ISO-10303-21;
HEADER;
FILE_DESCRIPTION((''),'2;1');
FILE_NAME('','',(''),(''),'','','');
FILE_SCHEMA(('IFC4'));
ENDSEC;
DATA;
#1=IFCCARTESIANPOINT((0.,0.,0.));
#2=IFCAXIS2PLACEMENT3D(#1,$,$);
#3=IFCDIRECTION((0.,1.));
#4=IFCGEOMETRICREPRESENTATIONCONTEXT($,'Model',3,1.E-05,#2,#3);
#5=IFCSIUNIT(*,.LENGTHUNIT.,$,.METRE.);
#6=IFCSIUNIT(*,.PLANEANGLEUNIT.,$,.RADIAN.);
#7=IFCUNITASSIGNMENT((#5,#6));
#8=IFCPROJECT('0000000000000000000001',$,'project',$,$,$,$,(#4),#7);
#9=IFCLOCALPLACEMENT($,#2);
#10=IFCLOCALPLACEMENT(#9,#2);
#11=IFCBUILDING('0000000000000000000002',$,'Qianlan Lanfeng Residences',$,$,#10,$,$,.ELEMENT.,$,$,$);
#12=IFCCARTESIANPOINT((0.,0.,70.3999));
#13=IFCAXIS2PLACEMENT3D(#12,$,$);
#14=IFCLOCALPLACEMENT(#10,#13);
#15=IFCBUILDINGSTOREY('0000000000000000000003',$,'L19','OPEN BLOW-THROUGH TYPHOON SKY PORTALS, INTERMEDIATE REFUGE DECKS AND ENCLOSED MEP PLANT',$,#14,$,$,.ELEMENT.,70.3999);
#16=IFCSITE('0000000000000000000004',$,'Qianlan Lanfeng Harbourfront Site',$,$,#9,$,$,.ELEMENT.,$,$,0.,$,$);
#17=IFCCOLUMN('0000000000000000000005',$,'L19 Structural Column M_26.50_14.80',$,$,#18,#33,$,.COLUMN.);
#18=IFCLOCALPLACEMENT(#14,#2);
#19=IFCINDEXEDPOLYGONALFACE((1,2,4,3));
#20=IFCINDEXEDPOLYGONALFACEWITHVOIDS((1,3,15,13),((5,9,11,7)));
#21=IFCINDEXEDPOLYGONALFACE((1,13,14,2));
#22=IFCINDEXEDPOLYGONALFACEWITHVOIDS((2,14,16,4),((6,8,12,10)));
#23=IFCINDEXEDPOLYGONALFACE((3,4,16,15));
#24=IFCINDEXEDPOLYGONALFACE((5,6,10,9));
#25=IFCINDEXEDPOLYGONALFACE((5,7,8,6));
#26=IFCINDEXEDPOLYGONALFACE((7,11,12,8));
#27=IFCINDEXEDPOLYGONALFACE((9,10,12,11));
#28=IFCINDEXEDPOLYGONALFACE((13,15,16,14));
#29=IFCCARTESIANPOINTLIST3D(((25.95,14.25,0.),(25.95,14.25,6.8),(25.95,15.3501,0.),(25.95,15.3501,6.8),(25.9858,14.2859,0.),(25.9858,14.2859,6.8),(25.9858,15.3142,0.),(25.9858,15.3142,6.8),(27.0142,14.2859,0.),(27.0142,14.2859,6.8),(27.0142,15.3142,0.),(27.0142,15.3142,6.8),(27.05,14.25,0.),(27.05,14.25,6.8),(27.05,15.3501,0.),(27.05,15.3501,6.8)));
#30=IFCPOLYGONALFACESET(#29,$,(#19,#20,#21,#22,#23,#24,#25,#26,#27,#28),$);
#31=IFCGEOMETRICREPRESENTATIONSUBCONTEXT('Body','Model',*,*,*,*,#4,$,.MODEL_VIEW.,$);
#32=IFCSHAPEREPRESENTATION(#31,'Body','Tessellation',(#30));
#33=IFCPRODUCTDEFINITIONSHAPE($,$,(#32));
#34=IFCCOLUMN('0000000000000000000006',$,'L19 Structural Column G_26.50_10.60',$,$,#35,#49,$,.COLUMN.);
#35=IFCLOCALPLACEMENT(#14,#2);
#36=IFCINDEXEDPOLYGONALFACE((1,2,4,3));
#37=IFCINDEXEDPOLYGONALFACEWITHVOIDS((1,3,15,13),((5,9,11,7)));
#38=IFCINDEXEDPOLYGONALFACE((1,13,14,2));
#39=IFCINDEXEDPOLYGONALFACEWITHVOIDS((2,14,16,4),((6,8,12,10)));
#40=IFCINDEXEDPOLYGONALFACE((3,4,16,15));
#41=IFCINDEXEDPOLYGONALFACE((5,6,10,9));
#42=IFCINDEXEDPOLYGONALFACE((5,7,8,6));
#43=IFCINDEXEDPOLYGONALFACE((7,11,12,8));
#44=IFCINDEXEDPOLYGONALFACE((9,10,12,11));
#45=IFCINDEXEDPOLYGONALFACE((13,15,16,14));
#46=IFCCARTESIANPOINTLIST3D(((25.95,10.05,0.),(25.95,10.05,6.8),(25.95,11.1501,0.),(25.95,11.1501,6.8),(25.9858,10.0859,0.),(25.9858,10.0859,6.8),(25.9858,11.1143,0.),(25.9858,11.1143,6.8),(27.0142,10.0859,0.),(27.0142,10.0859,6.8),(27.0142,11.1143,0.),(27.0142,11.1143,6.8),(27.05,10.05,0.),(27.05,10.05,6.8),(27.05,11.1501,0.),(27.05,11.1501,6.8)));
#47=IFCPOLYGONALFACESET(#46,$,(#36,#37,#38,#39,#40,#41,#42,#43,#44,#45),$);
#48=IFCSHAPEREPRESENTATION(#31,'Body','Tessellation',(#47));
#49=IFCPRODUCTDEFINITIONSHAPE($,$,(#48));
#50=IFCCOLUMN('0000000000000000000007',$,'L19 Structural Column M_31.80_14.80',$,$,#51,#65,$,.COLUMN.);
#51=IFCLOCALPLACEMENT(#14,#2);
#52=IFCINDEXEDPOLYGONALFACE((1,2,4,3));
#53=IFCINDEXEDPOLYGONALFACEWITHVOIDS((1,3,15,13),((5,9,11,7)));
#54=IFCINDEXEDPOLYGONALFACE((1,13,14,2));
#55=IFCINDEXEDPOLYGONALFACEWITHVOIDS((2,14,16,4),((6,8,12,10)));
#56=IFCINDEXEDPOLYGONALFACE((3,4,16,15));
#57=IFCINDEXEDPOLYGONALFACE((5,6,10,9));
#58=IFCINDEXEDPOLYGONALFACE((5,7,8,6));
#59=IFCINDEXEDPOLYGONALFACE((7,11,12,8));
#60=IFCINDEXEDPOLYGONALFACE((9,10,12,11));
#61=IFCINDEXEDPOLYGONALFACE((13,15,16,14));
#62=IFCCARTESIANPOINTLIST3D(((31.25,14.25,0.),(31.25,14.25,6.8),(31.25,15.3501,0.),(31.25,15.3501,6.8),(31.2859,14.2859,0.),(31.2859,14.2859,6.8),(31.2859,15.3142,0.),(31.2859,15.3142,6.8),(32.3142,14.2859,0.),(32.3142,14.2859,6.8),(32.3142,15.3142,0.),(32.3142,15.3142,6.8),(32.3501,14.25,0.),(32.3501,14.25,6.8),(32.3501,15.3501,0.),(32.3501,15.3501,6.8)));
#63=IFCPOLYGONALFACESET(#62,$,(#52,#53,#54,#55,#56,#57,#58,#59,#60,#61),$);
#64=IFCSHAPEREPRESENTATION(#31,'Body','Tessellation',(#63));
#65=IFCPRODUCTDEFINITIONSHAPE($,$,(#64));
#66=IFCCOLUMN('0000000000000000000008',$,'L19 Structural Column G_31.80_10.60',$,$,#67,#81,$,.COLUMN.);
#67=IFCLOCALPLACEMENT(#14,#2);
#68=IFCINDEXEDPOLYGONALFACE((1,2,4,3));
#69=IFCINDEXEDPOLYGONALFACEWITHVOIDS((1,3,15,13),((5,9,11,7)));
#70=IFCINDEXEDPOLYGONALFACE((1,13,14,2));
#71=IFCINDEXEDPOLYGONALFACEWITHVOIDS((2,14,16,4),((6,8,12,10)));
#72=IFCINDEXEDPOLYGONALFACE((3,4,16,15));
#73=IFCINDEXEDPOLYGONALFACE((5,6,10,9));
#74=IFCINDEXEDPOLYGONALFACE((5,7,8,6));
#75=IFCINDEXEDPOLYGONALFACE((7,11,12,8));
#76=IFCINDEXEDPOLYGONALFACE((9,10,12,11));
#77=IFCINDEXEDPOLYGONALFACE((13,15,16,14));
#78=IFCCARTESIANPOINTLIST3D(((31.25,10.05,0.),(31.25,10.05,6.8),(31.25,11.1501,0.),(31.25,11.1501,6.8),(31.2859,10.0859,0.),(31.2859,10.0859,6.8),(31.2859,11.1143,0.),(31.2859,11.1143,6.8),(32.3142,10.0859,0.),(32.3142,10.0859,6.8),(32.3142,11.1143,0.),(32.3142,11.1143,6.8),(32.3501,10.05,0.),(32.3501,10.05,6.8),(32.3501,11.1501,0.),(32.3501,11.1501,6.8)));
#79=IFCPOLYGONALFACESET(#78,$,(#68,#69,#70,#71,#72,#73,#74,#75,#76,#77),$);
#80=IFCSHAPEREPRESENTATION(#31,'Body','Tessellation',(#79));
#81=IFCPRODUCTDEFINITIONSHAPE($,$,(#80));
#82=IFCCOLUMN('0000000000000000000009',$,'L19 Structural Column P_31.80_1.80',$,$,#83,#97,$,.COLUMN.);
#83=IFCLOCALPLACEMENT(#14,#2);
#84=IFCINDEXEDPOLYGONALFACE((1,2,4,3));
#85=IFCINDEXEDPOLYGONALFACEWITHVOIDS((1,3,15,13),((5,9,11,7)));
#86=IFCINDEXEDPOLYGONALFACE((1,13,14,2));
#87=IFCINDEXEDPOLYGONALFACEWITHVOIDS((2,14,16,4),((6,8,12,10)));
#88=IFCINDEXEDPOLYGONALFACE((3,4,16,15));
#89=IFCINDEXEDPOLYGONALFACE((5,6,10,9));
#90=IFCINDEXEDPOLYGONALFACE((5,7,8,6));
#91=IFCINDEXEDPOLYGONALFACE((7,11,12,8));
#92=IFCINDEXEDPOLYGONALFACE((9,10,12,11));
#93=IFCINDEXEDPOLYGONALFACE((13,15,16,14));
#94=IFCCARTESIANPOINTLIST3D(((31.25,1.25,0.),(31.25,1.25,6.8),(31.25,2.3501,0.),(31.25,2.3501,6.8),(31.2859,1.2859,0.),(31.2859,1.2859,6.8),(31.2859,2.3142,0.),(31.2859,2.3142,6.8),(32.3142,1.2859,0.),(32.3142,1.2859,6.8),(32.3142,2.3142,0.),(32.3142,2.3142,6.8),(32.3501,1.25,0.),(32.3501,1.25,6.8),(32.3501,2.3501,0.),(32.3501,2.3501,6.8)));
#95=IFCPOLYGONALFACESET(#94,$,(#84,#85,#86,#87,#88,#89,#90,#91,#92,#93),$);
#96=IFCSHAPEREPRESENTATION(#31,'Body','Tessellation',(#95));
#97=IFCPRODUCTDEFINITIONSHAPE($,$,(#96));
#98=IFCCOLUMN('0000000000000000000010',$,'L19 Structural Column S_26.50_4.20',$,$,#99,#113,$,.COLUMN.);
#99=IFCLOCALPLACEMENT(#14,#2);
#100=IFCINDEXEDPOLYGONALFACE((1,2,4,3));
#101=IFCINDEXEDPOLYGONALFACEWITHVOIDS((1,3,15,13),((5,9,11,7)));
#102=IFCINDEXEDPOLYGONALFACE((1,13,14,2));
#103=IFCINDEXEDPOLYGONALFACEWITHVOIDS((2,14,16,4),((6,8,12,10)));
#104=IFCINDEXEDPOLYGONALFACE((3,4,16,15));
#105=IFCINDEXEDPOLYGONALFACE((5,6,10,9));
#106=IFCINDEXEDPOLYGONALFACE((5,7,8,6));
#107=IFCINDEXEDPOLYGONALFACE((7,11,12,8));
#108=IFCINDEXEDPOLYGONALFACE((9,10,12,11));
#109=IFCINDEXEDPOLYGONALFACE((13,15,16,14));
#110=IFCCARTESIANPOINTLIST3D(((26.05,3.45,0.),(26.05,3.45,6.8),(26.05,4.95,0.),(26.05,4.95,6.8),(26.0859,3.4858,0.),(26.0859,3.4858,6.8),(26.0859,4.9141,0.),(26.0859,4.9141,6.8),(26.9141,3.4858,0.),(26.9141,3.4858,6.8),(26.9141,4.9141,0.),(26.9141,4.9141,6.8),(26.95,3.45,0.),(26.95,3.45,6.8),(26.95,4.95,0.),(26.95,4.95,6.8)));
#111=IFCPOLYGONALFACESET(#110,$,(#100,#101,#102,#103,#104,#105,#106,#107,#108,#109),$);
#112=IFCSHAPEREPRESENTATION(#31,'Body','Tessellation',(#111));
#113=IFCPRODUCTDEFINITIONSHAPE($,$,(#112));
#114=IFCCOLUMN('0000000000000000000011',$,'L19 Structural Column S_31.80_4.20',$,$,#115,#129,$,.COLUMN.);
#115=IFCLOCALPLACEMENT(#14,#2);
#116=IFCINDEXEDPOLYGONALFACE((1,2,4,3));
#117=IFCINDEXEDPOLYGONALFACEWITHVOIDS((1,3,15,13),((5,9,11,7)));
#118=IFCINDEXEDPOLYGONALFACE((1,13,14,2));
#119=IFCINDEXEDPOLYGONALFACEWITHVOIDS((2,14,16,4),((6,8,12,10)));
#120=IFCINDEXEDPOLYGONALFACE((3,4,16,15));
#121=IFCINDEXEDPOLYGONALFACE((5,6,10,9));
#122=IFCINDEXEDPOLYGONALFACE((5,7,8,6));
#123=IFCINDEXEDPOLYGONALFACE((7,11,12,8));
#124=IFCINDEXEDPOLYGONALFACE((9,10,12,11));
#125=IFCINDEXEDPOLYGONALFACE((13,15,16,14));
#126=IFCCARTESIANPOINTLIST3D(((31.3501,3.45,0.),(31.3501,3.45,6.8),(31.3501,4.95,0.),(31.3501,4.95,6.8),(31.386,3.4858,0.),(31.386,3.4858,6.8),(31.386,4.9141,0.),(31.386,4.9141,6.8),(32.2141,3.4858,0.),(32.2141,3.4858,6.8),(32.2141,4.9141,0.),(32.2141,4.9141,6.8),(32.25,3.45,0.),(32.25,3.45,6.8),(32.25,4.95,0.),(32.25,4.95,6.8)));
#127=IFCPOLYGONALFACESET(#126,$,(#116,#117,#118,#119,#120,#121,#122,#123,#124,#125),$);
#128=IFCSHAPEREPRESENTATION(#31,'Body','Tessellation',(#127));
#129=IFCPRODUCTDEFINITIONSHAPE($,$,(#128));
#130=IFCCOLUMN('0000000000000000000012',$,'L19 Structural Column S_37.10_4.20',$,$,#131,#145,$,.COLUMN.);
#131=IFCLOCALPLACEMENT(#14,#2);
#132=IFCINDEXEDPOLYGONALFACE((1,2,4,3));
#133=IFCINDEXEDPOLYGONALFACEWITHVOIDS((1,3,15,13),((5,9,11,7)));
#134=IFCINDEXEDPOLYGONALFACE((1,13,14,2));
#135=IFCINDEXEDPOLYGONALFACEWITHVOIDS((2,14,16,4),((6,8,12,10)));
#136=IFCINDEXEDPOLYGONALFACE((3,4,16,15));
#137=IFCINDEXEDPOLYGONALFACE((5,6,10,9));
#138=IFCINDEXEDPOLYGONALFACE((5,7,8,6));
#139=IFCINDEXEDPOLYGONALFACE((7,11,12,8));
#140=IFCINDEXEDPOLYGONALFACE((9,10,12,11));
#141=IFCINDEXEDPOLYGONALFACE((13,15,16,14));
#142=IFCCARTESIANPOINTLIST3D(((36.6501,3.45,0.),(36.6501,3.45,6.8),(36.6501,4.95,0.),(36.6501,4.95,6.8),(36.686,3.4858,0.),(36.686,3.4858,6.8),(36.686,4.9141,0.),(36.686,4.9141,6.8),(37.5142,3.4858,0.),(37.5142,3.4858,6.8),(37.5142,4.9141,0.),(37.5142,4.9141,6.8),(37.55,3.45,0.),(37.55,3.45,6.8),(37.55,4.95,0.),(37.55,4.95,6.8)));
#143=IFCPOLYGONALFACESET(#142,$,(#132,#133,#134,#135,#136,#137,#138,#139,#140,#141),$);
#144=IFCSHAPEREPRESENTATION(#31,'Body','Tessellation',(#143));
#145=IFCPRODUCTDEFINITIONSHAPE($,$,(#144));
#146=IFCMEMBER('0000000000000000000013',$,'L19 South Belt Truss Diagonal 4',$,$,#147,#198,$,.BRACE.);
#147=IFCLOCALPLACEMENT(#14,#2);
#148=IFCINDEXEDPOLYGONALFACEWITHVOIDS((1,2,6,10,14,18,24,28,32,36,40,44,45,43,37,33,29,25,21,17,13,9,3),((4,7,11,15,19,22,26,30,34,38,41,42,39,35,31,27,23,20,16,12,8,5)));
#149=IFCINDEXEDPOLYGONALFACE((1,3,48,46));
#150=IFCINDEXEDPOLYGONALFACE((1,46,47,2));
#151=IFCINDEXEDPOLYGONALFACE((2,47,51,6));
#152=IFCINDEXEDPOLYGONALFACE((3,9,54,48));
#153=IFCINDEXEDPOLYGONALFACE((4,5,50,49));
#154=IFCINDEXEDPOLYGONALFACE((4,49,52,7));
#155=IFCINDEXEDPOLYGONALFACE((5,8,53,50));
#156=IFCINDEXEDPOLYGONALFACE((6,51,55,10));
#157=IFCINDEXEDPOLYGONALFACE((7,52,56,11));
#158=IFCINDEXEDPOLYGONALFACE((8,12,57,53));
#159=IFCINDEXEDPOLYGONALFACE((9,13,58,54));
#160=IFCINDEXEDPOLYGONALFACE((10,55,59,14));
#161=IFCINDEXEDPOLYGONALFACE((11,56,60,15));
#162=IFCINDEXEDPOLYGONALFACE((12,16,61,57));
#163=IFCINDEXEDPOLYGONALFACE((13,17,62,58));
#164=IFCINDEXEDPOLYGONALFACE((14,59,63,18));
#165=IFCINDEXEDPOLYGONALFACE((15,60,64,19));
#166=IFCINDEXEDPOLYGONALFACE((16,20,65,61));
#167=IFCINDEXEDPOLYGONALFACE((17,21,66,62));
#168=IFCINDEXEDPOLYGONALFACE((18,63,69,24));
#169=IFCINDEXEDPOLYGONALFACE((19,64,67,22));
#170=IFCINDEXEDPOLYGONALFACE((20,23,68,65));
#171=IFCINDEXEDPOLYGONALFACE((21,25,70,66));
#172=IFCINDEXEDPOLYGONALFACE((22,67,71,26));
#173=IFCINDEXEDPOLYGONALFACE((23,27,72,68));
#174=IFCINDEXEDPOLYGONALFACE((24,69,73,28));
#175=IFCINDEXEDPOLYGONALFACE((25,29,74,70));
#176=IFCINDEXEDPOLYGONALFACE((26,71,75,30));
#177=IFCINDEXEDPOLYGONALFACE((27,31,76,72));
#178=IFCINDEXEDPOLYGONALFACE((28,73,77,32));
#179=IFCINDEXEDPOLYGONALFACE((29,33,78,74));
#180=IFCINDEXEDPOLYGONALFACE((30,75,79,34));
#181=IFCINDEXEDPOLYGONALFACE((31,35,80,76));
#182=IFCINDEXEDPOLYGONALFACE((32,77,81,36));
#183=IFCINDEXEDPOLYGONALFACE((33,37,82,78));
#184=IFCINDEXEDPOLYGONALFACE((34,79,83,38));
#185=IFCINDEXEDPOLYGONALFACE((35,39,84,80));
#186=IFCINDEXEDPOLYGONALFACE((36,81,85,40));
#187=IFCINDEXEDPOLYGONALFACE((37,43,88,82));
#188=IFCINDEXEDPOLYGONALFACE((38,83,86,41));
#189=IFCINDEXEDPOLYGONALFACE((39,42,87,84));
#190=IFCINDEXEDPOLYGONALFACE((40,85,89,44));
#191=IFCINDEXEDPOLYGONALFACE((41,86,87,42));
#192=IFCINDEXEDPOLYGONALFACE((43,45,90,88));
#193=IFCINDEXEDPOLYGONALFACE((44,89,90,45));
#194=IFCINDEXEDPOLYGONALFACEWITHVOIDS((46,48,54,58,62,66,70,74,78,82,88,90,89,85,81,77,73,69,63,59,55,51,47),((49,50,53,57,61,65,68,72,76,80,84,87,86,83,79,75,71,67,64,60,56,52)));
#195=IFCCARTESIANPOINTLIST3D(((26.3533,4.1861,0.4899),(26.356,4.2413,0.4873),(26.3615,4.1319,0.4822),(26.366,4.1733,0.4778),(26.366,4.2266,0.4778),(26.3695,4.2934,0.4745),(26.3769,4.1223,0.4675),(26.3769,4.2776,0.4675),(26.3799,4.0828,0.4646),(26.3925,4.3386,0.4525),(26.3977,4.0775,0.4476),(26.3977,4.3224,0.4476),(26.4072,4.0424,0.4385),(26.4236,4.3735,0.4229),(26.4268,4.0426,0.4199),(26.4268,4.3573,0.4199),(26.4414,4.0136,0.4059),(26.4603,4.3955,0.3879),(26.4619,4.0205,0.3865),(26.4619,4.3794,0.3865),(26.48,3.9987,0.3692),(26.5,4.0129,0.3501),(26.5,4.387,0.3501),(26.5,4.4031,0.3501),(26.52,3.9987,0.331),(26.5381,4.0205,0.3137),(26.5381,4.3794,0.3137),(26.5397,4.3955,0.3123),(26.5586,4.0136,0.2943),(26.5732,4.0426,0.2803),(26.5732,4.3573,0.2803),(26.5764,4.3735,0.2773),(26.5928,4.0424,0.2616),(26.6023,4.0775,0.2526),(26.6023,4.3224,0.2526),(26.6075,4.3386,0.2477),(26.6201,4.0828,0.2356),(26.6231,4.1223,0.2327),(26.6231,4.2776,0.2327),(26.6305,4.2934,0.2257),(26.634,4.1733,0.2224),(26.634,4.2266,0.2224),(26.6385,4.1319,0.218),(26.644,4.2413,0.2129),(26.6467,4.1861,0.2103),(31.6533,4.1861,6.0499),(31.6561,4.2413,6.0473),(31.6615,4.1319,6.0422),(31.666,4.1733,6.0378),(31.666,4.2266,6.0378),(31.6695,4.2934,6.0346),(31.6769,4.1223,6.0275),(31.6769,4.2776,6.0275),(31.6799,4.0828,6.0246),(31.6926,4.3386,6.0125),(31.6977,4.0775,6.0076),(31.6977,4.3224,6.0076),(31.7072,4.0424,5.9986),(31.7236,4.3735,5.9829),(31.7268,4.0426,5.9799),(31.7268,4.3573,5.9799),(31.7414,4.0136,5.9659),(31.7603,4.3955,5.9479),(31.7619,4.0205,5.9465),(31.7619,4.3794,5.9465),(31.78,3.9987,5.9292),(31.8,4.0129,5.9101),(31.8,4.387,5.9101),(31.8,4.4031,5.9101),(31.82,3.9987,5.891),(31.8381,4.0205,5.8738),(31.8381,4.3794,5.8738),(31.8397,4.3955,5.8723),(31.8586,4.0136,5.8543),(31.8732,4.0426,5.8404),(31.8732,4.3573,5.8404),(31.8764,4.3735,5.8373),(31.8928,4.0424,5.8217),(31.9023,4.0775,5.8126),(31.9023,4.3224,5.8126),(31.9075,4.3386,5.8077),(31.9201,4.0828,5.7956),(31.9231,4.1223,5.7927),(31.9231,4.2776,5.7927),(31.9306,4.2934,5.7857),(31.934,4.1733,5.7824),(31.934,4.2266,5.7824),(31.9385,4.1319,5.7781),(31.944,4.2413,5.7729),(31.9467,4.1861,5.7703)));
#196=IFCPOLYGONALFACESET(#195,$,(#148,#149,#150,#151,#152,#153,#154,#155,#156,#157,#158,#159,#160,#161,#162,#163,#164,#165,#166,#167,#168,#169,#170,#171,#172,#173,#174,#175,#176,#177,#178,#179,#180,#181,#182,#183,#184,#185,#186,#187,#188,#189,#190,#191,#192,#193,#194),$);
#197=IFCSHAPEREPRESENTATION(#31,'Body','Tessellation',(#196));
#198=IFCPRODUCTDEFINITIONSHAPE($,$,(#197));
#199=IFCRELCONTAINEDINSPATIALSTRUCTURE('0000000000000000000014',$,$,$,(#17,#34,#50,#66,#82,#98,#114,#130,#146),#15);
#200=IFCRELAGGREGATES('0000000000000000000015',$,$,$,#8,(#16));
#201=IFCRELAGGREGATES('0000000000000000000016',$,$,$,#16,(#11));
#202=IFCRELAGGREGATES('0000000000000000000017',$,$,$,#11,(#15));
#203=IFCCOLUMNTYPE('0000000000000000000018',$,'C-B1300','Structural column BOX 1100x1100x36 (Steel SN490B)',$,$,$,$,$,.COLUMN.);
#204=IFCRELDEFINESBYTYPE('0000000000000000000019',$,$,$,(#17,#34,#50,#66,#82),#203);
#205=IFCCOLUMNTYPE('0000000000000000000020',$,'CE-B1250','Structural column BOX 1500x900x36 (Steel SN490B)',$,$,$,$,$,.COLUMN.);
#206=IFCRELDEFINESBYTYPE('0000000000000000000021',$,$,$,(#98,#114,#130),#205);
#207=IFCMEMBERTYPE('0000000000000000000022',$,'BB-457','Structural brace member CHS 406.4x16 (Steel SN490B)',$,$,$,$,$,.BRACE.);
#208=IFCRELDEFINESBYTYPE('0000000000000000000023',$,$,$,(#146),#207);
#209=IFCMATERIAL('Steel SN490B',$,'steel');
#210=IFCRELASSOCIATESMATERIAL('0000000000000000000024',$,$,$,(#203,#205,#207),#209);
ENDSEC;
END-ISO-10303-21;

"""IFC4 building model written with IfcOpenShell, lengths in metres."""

from ifc_helpers import new_model, si_unit, direction, frame, origin, origin_2d, place, context, subcontext, project, spatial, hollow_rectangle, hollow_circle, extrude, material, material_profile, profile_set, type_object, element, save


model = new_model("IFC4")

# Units and contexts
model_context = context("Model", 3, precision=1e-05, world=origin(), true_north=direction((0.0, 1.0)))
body_context = subcontext(model_context, "Body", "Model", "MODEL_VIEW")
ifc_project = project(units=[si_unit("LENGTHUNIT", "METRE"), si_unit("PLANEANGLEUNIT", "RADIAN")], contexts=[model_context])

# Site, building, storey
site_placement = place(None, origin())
site = spatial("IfcSite", under=ifc_project, at=site_placement, Name="Qianlan Lanfeng Harbourfront Site", CompositionType="ELEMENT", RefElevation=0.0)
building_placement = place(site_placement, origin())
building = spatial("IfcBuilding", under=site, at=building_placement, Name="Qianlan Lanfeng Residences", CompositionType="ELEMENT")
storey_placement = place(building_placement, frame((0.0, 0.0, 70.3999)))
storey = spatial("IfcBuildingStorey", under=building, at=storey_placement, Name="L19", Description="OPEN BLOW-THROUGH TYPHOON SKY PORTALS, INTERMEDIATE REFUGE DECKS AND ENCLOSED MEP PLANT", CompositionType="ELEMENT", Elevation=70.3999)

# Columns
ifc_material_1 = material(Name="Steel SN490B", Category="steel")
ifc_material_profile_1 = material_profile(ifc_material_1, hollow_rectangle(XDim=1.1001, YDim=1.1001, WallThickness=0.0359, at=origin_2d()), Name="BOX 1100x1100x36")
ifc_profile_set_1 = profile_set([ifc_material_profile_1], Name="Steel SN490B")
column_type_1 = type_object("IfcColumnType", Name="C-B1300", Description="Structural column BOX 1100x1100x36 (Steel SN490B)", PredefinedType="COLUMN", material=ifc_profile_set_1)
for number, where, z_axis, x_axis, name in (
    (1, (26.5, 14.8, 0.0), (0.0, 0.0, 1.0), (1.0, 0.0, 0.0), "L19 Structural Column M_26.50_14.80"),
    (2, (26.5, 10.6001, 0.0), (0.0, 0.0, 1.0), (1.0, 0.0, 0.0), "L19 Structural Column G_26.50_10.60"),
    (3, (31.8, 14.8, 0.0), (0.0, 0.0, 1.0), (1.0, 0.0, 0.0), "L19 Structural Column M_31.80_14.80"),
    (4, (31.8, 10.6001, 0.0), (0.0, 0.0, 1.0), (1.0, 0.0, 0.0), "L19 Structural Column G_31.80_10.60"),
    (5, (31.8, 1.8, 0.0), (0.0, 0.0, 1.0), (1.0, 0.0, 0.0), "L19 Structural Column P_31.80_1.80"),
):
    element("IfcColumn", number, at=place(storey_placement, frame(where, z_axis=z_axis, x_axis=x_axis)), inside=storey, type_object=column_type_1, Name=name, PredefinedType="COLUMN", context=body_context, shape_type="SweptSolid", body=[
        extrude(hollow_rectangle(XDim=1.1001, YDim=1.1001, WallThickness=0.0359, at=origin_2d()), origin(), (0.0, 0.0, 1.0), 6.8),
    ])
ifc_material_profile_2 = material_profile(ifc_material_1, hollow_rectangle(XDim=0.8999, YDim=1.5, WallThickness=0.0359, at=origin_2d()), Name="BOX 1500x900x36")
ifc_profile_set_2 = profile_set([ifc_material_profile_2], Name="Steel SN490B")
column_type_2 = type_object("IfcColumnType", Name="CE-B1250", Description="Structural column BOX 1500x900x36 (Steel SN490B)", PredefinedType="COLUMN", material=ifc_profile_set_2)
for number, where, z_axis, x_axis, name in (
    (6, (26.5, 4.2, 0.0), (0.0, 0.0, 1.0), (1.0, 0.0, 0.0), "L19 Structural Column S_26.50_4.20"),
    (7, (31.8, 4.2, 0.0), (0.0, 0.0, 1.0), (1.0, 0.0, 0.0), "L19 Structural Column S_31.80_4.20"),
    (8, (37.1001, 4.2, 0.0), (0.0, 0.0, 1.0), (1.0, 0.0, 0.0), "L19 Structural Column S_37.10_4.20"),
):
    element("IfcColumn", number, at=place(storey_placement, frame(where, z_axis=z_axis, x_axis=x_axis)), inside=storey, type_object=column_type_2, Name=name, PredefinedType="COLUMN", context=body_context, shape_type="SweptSolid", body=[
        extrude(hollow_rectangle(XDim=0.8999, YDim=1.5, WallThickness=0.0359, at=origin_2d()), origin(), (0.0, 0.0, 1.0), 6.8),
    ])

# Member
ifc_material_profile_3 = material_profile(ifc_material_1, hollow_circle(Radius=0.2031, WallThickness=0.0161, at=origin_2d()), Name="CHS 406.4x16")
ifc_profile_set_3 = profile_set([ifc_material_profile_3], Name="Steel SN490B")
member_type_1 = type_object("IfcMemberType", Name="BB-457", Description="Structural brace member CHS 406.4x16 (Steel SN490B)", PredefinedType="BRACE", material=ifc_profile_set_3)
for number, where, z_axis, x_axis, name in (
    (9, (26.5, 4.2, 0.3501), (0.68998, 0.0, 0.723829), (0.0, 1.0, 0.0), "L19 South Belt Truss Diagonal 4"),
):
    element("IfcMember", number, at=place(storey_placement, frame(where, z_axis=z_axis, x_axis=x_axis)), inside=storey, type_object=member_type_1, Name=name, PredefinedType="BRACE", context=body_context, shape_type="SweptSolid", body=[
        extrude(hollow_circle(Radius=0.2031, WallThickness=0.0161, at=origin_2d()), origin(), (0.0, 0.0, 1.0), 7.6814),
    ])

save(model, "model.ifc")
